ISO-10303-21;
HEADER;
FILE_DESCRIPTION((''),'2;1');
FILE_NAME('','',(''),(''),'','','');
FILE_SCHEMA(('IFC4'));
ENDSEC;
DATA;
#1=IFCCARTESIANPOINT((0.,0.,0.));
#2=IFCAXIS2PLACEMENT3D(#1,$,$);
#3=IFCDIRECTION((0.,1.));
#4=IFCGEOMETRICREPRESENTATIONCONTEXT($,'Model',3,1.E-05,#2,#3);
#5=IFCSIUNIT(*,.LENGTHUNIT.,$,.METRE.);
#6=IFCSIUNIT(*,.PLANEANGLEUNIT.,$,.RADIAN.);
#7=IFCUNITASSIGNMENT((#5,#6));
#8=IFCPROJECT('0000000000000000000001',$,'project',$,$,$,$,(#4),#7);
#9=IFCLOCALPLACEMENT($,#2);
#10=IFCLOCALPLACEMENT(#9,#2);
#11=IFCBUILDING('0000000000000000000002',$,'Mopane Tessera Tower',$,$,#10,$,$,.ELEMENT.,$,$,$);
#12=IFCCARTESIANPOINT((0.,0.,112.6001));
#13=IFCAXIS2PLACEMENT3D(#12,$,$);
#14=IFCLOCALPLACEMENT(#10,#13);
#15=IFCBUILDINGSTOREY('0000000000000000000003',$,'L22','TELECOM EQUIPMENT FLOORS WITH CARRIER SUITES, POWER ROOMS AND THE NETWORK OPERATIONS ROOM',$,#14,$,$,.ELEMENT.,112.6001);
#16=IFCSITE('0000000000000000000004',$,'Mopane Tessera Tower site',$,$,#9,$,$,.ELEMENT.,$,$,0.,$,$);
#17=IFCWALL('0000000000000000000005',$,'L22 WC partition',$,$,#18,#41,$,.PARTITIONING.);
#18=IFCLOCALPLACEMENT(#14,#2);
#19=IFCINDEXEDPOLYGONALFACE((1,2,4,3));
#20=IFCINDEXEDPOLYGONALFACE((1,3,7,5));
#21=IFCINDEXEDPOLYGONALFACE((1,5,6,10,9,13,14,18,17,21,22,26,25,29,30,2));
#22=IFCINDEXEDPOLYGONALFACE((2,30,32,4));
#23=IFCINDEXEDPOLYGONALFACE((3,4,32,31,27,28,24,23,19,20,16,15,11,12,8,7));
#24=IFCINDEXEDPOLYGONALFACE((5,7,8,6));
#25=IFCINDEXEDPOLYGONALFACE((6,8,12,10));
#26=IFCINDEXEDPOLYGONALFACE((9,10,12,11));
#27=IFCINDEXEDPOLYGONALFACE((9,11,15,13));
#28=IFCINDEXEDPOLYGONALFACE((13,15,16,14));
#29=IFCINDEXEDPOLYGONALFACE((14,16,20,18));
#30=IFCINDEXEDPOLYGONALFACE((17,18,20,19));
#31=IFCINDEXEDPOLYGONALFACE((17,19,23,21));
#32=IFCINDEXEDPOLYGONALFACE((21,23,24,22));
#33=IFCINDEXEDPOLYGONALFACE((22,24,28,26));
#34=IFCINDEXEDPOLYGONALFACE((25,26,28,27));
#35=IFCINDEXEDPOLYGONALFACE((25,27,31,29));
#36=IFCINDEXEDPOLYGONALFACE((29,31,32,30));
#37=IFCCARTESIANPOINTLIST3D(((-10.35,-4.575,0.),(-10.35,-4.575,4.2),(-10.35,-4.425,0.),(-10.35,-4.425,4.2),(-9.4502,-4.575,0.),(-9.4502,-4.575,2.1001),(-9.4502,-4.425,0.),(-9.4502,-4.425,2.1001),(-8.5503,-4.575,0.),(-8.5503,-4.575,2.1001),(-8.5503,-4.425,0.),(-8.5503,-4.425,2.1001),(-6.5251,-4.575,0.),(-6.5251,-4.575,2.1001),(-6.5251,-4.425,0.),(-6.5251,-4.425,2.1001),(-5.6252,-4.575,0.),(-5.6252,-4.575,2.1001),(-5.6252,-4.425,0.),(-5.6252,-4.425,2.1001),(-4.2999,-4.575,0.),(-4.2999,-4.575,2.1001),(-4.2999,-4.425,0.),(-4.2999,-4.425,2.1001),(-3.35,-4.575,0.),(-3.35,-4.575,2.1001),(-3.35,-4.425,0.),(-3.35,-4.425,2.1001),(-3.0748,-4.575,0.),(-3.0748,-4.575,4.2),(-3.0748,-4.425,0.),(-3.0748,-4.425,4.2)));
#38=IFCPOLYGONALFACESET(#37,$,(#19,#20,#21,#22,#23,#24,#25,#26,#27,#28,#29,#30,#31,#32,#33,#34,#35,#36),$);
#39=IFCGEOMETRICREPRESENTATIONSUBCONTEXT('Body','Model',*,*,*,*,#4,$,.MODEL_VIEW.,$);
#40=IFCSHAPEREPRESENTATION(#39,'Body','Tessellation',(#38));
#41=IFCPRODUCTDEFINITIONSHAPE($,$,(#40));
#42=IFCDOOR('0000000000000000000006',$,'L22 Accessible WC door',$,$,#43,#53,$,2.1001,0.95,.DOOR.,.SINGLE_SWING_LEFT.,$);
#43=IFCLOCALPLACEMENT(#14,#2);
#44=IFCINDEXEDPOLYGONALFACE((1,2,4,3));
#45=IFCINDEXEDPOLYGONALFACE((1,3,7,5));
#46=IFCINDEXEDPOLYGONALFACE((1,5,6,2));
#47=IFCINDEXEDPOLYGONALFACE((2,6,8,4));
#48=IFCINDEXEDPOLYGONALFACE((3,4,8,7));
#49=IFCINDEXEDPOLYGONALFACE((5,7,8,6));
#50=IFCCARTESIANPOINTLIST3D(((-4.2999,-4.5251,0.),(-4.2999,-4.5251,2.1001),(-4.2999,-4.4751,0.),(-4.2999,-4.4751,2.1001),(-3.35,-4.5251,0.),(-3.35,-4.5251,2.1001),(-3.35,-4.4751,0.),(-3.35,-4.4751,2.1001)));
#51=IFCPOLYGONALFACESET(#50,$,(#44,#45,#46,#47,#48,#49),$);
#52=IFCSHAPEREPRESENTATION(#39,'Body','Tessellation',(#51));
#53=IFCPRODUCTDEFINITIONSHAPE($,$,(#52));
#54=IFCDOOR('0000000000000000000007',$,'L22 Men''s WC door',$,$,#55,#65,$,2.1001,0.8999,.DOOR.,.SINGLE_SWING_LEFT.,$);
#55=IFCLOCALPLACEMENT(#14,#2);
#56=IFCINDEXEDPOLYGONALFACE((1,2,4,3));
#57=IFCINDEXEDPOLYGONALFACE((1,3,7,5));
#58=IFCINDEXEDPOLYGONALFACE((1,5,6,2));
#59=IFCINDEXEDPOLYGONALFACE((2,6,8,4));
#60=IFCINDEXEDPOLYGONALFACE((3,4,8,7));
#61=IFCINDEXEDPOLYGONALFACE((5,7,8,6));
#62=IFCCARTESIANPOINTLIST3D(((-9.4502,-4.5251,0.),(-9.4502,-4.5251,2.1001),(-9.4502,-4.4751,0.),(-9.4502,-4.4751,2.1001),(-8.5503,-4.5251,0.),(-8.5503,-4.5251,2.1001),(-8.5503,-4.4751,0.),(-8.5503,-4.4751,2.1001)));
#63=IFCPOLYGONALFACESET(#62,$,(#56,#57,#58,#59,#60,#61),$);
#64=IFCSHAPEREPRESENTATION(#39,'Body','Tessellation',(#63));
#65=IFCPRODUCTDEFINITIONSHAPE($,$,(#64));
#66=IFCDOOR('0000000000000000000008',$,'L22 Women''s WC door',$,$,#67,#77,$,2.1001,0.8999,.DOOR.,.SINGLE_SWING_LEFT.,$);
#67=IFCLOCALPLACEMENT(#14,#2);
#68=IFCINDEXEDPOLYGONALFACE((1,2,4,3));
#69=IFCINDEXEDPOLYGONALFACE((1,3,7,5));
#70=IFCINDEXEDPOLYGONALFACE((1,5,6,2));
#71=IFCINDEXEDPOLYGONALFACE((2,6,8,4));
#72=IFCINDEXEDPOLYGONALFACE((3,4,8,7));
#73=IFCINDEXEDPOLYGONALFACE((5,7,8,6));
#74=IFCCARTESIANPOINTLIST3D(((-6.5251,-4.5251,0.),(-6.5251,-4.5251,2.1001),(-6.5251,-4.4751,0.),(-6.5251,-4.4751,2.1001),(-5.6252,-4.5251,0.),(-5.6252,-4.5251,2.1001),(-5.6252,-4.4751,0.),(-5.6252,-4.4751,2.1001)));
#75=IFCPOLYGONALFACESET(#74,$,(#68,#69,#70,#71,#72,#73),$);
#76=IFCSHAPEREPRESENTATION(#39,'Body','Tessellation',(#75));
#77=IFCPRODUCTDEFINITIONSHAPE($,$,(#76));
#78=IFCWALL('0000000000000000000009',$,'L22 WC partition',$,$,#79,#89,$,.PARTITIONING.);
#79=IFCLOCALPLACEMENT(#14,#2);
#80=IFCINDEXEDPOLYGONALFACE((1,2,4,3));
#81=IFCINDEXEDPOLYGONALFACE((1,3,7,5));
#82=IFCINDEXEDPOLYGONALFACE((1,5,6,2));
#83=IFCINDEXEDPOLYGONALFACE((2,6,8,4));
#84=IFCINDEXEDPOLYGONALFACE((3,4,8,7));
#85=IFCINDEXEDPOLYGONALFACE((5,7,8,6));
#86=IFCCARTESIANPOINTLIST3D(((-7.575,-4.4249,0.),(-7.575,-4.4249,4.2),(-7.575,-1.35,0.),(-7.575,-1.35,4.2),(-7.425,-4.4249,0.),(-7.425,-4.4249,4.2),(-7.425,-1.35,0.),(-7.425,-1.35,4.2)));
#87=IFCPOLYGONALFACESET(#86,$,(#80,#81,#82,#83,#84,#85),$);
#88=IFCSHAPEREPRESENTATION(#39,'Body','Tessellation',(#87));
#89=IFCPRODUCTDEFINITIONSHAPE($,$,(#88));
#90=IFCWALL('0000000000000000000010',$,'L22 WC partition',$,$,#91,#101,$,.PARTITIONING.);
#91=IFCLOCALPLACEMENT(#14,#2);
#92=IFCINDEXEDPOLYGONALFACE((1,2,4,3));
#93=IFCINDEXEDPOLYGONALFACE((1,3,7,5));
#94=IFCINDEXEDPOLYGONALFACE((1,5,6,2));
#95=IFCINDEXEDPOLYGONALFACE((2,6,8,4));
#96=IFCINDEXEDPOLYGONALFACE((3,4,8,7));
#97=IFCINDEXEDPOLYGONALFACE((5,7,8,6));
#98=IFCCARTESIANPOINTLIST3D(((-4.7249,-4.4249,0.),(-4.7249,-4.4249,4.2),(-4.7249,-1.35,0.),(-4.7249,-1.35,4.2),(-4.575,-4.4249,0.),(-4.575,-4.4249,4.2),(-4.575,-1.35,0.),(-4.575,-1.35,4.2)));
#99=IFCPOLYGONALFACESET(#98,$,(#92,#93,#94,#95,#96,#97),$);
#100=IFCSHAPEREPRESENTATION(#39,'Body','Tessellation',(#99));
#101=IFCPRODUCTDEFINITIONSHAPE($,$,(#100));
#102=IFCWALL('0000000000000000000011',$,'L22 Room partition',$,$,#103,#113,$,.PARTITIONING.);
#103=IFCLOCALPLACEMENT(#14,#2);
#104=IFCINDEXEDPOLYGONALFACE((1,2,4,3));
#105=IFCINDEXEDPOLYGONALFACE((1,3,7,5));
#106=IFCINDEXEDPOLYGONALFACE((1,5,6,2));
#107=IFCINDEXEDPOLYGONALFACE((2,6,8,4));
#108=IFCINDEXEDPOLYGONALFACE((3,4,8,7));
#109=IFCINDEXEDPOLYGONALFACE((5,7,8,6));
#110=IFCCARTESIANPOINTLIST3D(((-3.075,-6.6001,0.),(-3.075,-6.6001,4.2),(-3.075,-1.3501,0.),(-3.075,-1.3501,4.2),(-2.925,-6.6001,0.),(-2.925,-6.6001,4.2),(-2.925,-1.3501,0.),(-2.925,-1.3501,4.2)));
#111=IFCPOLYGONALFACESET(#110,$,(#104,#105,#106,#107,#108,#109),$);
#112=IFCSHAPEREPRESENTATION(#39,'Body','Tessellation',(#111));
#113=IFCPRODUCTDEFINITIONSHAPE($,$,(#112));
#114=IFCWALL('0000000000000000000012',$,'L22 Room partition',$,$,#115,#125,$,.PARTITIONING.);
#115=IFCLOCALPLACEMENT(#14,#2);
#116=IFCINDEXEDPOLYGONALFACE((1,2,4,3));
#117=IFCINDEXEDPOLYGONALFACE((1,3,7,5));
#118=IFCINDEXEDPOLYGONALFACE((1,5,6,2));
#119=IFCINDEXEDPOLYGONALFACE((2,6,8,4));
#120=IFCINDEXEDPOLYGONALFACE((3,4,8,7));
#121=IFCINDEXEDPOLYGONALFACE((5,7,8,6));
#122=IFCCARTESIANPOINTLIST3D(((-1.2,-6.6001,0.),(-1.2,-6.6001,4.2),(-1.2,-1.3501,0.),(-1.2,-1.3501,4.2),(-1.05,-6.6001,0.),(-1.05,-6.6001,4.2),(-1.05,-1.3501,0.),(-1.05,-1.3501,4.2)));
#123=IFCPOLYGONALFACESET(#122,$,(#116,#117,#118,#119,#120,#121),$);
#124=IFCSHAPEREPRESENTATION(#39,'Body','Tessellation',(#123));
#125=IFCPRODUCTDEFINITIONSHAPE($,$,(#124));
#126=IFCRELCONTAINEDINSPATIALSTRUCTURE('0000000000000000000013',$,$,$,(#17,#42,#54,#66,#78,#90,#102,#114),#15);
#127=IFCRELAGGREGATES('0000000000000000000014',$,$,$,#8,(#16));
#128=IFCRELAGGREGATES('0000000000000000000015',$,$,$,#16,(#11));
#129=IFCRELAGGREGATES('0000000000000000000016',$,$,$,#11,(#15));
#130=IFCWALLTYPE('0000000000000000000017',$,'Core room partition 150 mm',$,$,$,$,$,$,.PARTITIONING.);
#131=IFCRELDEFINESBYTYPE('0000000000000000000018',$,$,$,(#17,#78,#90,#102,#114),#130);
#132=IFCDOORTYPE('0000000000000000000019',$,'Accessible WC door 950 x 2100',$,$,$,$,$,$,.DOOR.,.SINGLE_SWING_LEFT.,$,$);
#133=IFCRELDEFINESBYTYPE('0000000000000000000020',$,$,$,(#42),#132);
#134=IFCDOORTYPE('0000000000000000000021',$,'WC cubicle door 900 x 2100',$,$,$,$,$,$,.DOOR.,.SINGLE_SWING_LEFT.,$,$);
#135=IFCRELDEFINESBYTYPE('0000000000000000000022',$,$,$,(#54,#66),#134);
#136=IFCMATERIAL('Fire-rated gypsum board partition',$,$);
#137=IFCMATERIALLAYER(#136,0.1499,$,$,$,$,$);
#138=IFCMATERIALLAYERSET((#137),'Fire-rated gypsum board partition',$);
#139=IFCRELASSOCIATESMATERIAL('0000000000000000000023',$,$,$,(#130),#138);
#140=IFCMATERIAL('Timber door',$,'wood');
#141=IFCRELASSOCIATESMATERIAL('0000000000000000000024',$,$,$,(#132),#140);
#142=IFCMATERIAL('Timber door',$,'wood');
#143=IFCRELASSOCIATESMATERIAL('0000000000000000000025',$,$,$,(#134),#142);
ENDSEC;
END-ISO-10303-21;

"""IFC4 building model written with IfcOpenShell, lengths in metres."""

from ifc_helpers import new_model, si_unit, direction, frame, frame_2d, origin, place, context, subcontext, project, spatial, rectangle, extrude, material, layer, layer_set, type_object, element, fill, save


model = new_model("IFC4")

# Units and contexts
model_context = context("Model", 3, precision=1e-05, world=origin(), true_north=direction((0.0, 1.0)))
body_context = subcontext(model_context, "Body", "Model", "MODEL_VIEW")
ifc_project = project(units=[si_unit("LENGTHUNIT", "METRE"), si_unit("PLANEANGLEUNIT", "RADIAN")], contexts=[model_context])

# Site, building, storey
site_placement = place(None, origin())
site = spatial("IfcSite", under=ifc_project, at=site_placement, Name="Mopane Tessera Tower site", CompositionType="ELEMENT", RefElevation=0.0)
building_placement = place(site_placement, origin())
building = spatial("IfcBuilding", under=site, at=building_placement, Name="Mopane Tessera Tower", CompositionType="ELEMENT")
storey_placement = place(building_placement, frame((0.0, 0.0, 112.6001)))
storey = spatial("IfcBuildingStorey", under=building, at=storey_placement, Name="L22", Description="TELECOM EQUIPMENT FLOORS WITH CARRIER SUITES, POWER ROOMS AND THE NETWORK OPERATIONS ROOM", CompositionType="ELEMENT", Elevation=112.6001)

# Wall, openings, doors
ifc_material_1 = material(Name="Fire-rated gypsum board partition")
ifc_layer_1 = layer(ifc_material_1, 0.1499)
ifc_layer_set_1 = layer_set([ifc_layer_1], Name="Fire-rated gypsum board partition")
wall_type_1 = type_object("IfcWallType", Name="Core room partition 150 mm", PredefinedType="PARTITIONING", material=ifc_layer_set_1)
wall_1_placement = place(storey_placement, frame((-10.3501, -4.5, 0.0), z_axis=(0.0, 0.0, 1.0), x_axis=(1.0, 0.0, 0.0)))
wall_1 = element("IfcWall", 1, at=wall_1_placement, inside=storey, type_object=wall_type_1, Name="L22 WC partition", PredefinedType="PARTITIONING", context=body_context, shape_type="SweptSolid", body=[
    extrude(rectangle(XDim=7.2751, YDim=0.1499, at=frame_2d((3.6377, 0.0))), origin(), (0.0, 0.0, 1.0), 4.2),
])
opening_1_placement = place(wall_1_placement, frame((0.8999, 0.0, 0.0)))
opening_1 = element("IfcOpeningElement", 2, at=opening_1_placement, cuts=wall_1, PredefinedType="OPENING", context=body_context, shape_type="SweptSolid", body=[
    extrude(rectangle(XDim=0.8999, YDim=2.1001, at=frame_2d((0.45, 1.05))), frame((0.0, 0.0869, 0.0), z_axis=(0.0, -1.0, 0.0), x_axis=(1.0, 0.0, 0.0)), (0.0, 0.0, 1.0), 0.1738),
])
opening_2_placement = place(wall_1_placement, frame((3.825, 0.0, 0.0)))
opening_2 = element("IfcOpeningElement", 3, at=opening_2_placement, cuts=wall_1, PredefinedType="OPENING", context=body_context, shape_type="SweptSolid", body=[
    extrude(rectangle(XDim=0.8999, YDim=2.1001, at=frame_2d((0.45, 1.05))), frame((0.0, 0.0869, 0.0), z_axis=(0.0, -1.0, 0.0), x_axis=(1.0, 0.0, 0.0)), (0.0, 0.0, 1.0), 0.1738),
])
opening_3_placement = place(wall_1_placement, frame((6.05, 0.0, 0.0)))
opening_3 = element("IfcOpeningElement", 4, at=opening_3_placement, cuts=wall_1, PredefinedType="OPENING", context=body_context, shape_type="SweptSolid", body=[
    extrude(rectangle(XDim=0.95, YDim=2.1001, at=frame_2d((0.4751, 1.05))), frame((0.0, 0.0869, 0.0), z_axis=(0.0, -1.0, 0.0), x_axis=(1.0, 0.0, 0.0)), (0.0, 0.0, 1.0), 0.1738),
])
ifc_material_2 = material(Name="Timber door", Category="wood")
door_type_1 = type_object("IfcDoorType", Name="Accessible WC door 950 x 2100", OperationType="SINGLE_SWING_LEFT", PredefinedType="DOOR", material=ifc_material_2)
door_1_placement = place(opening_3_placement, origin())
door_1 = element("IfcDoor", 5, at=door_1_placement, inside=storey, type_object=door_type_1, Name="L22 Accessible WC door", OperationType="SINGLE_SWING_LEFT", OverallHeight=2.1001, OverallWidth=0.95, PredefinedType="DOOR", context=body_context, shape_type="SweptSolid", body=[
    extrude(rectangle(XDim=0.95, YDim=2.1001, at=frame_2d((0.4751, 1.05))), frame((0.0, 0.0249, 0.0), z_axis=(0.0, -1.0, 0.0), x_axis=(1.0, 0.0, 0.0)), (0.0, 0.0, 1.0), 0.05),
])
fill(opening_3, door_1)
ifc_material_3 = material(Name="Timber door", Category="wood")
door_type_2 = type_object("IfcDoorType", Name="WC cubicle door 900 x 2100", OperationType="SINGLE_SWING_LEFT", PredefinedType="DOOR", material=ifc_material_3)
door_2_placement = place(opening_1_placement, origin())
door_2 = element("IfcDoor", 6, at=door_2_placement, inside=storey, type_object=door_type_2, Name="L22 Men's WC door", OperationType="SINGLE_SWING_LEFT", OverallHeight=2.1001, OverallWidth=0.8999, PredefinedType="DOOR", context=body_context, shape_type="SweptSolid", body=[
    extrude(rectangle(XDim=0.8999, YDim=2.1001, at=frame_2d((0.45, 1.05))), frame((0.0, 0.0249, 0.0), z_axis=(0.0, -1.0, 0.0), x_axis=(1.0, 0.0, 0.0)), (0.0, 0.0, 1.0), 0.05),
])
fill(opening_1, door_2)
door_3_placement = place(opening_2_placement, origin())
door_3 = element("IfcDoor", 7, at=door_3_placement, inside=storey, type_object=door_type_2, Name="L22 Women's WC door", OperationType="SINGLE_SWING_LEFT", OverallHeight=2.1001, OverallWidth=0.8999, PredefinedType="DOOR", context=body_context, shape_type="SweptSolid", body=[
    extrude(rectangle(XDim=0.8999, YDim=2.1001, at=frame_2d((0.45, 1.05))), frame((0.0, 0.0249, 0.0), z_axis=(0.0, -1.0, 0.0), x_axis=(1.0, 0.0, 0.0)), (0.0, 0.0, 1.0), 0.05),
])
fill(opening_2, door_3)

# Walls
for number, where, z_axis, x_axis, name in (
    (8, (-7.5, -4.425, 0.0), (0.0, 0.0, 1.0), (0.0, 1.0, 0.0), "L22 WC partition"),
    (9, (-4.6499, -4.425, 0.0), (0.0, 0.0, 1.0), (0.0, 1.0, 0.0), "L22 WC partition"),
):
    element("IfcWall", number, at=place(storey_placement, frame(where, z_axis=z_axis, x_axis=x_axis)), inside=storey, type_object=wall_type_1, Name=name, PredefinedType="PARTITIONING", context=body_context, shape_type="SweptSolid", body=[
        extrude(rectangle(XDim=3.075, YDim=0.1499, at=frame_2d((1.5376, 0.0))), origin(), (0.0, 0.0, 1.0), 4.2),
    ])
for number, where, z_axis, x_axis, name in (
    (10, (-3.0, -6.6001, 0.0), (0.0, 0.0, 1.0), (0.0, 1.0, 0.0), "L22 Room partition"),
    (11, (-1.125, -6.6001, 0.0), (0.0, 0.0, 1.0), (0.0, 1.0, 0.0), "L22 Room partition"),
):
    element("IfcWall", number, at=place(storey_placement, frame(where, z_axis=z_axis, x_axis=x_axis)), inside=storey, type_object=wall_type_1, Name=name, PredefinedType="PARTITIONING", context=body_context, shape_type="SweptSolid", body=[
        extrude(rectangle(XDim=5.25, YDim=0.1499, at=frame_2d((2.625, 0.0))), origin(), (0.0, 0.0, 1.0), 4.2),
    ])

save(model, "model.ifc")
